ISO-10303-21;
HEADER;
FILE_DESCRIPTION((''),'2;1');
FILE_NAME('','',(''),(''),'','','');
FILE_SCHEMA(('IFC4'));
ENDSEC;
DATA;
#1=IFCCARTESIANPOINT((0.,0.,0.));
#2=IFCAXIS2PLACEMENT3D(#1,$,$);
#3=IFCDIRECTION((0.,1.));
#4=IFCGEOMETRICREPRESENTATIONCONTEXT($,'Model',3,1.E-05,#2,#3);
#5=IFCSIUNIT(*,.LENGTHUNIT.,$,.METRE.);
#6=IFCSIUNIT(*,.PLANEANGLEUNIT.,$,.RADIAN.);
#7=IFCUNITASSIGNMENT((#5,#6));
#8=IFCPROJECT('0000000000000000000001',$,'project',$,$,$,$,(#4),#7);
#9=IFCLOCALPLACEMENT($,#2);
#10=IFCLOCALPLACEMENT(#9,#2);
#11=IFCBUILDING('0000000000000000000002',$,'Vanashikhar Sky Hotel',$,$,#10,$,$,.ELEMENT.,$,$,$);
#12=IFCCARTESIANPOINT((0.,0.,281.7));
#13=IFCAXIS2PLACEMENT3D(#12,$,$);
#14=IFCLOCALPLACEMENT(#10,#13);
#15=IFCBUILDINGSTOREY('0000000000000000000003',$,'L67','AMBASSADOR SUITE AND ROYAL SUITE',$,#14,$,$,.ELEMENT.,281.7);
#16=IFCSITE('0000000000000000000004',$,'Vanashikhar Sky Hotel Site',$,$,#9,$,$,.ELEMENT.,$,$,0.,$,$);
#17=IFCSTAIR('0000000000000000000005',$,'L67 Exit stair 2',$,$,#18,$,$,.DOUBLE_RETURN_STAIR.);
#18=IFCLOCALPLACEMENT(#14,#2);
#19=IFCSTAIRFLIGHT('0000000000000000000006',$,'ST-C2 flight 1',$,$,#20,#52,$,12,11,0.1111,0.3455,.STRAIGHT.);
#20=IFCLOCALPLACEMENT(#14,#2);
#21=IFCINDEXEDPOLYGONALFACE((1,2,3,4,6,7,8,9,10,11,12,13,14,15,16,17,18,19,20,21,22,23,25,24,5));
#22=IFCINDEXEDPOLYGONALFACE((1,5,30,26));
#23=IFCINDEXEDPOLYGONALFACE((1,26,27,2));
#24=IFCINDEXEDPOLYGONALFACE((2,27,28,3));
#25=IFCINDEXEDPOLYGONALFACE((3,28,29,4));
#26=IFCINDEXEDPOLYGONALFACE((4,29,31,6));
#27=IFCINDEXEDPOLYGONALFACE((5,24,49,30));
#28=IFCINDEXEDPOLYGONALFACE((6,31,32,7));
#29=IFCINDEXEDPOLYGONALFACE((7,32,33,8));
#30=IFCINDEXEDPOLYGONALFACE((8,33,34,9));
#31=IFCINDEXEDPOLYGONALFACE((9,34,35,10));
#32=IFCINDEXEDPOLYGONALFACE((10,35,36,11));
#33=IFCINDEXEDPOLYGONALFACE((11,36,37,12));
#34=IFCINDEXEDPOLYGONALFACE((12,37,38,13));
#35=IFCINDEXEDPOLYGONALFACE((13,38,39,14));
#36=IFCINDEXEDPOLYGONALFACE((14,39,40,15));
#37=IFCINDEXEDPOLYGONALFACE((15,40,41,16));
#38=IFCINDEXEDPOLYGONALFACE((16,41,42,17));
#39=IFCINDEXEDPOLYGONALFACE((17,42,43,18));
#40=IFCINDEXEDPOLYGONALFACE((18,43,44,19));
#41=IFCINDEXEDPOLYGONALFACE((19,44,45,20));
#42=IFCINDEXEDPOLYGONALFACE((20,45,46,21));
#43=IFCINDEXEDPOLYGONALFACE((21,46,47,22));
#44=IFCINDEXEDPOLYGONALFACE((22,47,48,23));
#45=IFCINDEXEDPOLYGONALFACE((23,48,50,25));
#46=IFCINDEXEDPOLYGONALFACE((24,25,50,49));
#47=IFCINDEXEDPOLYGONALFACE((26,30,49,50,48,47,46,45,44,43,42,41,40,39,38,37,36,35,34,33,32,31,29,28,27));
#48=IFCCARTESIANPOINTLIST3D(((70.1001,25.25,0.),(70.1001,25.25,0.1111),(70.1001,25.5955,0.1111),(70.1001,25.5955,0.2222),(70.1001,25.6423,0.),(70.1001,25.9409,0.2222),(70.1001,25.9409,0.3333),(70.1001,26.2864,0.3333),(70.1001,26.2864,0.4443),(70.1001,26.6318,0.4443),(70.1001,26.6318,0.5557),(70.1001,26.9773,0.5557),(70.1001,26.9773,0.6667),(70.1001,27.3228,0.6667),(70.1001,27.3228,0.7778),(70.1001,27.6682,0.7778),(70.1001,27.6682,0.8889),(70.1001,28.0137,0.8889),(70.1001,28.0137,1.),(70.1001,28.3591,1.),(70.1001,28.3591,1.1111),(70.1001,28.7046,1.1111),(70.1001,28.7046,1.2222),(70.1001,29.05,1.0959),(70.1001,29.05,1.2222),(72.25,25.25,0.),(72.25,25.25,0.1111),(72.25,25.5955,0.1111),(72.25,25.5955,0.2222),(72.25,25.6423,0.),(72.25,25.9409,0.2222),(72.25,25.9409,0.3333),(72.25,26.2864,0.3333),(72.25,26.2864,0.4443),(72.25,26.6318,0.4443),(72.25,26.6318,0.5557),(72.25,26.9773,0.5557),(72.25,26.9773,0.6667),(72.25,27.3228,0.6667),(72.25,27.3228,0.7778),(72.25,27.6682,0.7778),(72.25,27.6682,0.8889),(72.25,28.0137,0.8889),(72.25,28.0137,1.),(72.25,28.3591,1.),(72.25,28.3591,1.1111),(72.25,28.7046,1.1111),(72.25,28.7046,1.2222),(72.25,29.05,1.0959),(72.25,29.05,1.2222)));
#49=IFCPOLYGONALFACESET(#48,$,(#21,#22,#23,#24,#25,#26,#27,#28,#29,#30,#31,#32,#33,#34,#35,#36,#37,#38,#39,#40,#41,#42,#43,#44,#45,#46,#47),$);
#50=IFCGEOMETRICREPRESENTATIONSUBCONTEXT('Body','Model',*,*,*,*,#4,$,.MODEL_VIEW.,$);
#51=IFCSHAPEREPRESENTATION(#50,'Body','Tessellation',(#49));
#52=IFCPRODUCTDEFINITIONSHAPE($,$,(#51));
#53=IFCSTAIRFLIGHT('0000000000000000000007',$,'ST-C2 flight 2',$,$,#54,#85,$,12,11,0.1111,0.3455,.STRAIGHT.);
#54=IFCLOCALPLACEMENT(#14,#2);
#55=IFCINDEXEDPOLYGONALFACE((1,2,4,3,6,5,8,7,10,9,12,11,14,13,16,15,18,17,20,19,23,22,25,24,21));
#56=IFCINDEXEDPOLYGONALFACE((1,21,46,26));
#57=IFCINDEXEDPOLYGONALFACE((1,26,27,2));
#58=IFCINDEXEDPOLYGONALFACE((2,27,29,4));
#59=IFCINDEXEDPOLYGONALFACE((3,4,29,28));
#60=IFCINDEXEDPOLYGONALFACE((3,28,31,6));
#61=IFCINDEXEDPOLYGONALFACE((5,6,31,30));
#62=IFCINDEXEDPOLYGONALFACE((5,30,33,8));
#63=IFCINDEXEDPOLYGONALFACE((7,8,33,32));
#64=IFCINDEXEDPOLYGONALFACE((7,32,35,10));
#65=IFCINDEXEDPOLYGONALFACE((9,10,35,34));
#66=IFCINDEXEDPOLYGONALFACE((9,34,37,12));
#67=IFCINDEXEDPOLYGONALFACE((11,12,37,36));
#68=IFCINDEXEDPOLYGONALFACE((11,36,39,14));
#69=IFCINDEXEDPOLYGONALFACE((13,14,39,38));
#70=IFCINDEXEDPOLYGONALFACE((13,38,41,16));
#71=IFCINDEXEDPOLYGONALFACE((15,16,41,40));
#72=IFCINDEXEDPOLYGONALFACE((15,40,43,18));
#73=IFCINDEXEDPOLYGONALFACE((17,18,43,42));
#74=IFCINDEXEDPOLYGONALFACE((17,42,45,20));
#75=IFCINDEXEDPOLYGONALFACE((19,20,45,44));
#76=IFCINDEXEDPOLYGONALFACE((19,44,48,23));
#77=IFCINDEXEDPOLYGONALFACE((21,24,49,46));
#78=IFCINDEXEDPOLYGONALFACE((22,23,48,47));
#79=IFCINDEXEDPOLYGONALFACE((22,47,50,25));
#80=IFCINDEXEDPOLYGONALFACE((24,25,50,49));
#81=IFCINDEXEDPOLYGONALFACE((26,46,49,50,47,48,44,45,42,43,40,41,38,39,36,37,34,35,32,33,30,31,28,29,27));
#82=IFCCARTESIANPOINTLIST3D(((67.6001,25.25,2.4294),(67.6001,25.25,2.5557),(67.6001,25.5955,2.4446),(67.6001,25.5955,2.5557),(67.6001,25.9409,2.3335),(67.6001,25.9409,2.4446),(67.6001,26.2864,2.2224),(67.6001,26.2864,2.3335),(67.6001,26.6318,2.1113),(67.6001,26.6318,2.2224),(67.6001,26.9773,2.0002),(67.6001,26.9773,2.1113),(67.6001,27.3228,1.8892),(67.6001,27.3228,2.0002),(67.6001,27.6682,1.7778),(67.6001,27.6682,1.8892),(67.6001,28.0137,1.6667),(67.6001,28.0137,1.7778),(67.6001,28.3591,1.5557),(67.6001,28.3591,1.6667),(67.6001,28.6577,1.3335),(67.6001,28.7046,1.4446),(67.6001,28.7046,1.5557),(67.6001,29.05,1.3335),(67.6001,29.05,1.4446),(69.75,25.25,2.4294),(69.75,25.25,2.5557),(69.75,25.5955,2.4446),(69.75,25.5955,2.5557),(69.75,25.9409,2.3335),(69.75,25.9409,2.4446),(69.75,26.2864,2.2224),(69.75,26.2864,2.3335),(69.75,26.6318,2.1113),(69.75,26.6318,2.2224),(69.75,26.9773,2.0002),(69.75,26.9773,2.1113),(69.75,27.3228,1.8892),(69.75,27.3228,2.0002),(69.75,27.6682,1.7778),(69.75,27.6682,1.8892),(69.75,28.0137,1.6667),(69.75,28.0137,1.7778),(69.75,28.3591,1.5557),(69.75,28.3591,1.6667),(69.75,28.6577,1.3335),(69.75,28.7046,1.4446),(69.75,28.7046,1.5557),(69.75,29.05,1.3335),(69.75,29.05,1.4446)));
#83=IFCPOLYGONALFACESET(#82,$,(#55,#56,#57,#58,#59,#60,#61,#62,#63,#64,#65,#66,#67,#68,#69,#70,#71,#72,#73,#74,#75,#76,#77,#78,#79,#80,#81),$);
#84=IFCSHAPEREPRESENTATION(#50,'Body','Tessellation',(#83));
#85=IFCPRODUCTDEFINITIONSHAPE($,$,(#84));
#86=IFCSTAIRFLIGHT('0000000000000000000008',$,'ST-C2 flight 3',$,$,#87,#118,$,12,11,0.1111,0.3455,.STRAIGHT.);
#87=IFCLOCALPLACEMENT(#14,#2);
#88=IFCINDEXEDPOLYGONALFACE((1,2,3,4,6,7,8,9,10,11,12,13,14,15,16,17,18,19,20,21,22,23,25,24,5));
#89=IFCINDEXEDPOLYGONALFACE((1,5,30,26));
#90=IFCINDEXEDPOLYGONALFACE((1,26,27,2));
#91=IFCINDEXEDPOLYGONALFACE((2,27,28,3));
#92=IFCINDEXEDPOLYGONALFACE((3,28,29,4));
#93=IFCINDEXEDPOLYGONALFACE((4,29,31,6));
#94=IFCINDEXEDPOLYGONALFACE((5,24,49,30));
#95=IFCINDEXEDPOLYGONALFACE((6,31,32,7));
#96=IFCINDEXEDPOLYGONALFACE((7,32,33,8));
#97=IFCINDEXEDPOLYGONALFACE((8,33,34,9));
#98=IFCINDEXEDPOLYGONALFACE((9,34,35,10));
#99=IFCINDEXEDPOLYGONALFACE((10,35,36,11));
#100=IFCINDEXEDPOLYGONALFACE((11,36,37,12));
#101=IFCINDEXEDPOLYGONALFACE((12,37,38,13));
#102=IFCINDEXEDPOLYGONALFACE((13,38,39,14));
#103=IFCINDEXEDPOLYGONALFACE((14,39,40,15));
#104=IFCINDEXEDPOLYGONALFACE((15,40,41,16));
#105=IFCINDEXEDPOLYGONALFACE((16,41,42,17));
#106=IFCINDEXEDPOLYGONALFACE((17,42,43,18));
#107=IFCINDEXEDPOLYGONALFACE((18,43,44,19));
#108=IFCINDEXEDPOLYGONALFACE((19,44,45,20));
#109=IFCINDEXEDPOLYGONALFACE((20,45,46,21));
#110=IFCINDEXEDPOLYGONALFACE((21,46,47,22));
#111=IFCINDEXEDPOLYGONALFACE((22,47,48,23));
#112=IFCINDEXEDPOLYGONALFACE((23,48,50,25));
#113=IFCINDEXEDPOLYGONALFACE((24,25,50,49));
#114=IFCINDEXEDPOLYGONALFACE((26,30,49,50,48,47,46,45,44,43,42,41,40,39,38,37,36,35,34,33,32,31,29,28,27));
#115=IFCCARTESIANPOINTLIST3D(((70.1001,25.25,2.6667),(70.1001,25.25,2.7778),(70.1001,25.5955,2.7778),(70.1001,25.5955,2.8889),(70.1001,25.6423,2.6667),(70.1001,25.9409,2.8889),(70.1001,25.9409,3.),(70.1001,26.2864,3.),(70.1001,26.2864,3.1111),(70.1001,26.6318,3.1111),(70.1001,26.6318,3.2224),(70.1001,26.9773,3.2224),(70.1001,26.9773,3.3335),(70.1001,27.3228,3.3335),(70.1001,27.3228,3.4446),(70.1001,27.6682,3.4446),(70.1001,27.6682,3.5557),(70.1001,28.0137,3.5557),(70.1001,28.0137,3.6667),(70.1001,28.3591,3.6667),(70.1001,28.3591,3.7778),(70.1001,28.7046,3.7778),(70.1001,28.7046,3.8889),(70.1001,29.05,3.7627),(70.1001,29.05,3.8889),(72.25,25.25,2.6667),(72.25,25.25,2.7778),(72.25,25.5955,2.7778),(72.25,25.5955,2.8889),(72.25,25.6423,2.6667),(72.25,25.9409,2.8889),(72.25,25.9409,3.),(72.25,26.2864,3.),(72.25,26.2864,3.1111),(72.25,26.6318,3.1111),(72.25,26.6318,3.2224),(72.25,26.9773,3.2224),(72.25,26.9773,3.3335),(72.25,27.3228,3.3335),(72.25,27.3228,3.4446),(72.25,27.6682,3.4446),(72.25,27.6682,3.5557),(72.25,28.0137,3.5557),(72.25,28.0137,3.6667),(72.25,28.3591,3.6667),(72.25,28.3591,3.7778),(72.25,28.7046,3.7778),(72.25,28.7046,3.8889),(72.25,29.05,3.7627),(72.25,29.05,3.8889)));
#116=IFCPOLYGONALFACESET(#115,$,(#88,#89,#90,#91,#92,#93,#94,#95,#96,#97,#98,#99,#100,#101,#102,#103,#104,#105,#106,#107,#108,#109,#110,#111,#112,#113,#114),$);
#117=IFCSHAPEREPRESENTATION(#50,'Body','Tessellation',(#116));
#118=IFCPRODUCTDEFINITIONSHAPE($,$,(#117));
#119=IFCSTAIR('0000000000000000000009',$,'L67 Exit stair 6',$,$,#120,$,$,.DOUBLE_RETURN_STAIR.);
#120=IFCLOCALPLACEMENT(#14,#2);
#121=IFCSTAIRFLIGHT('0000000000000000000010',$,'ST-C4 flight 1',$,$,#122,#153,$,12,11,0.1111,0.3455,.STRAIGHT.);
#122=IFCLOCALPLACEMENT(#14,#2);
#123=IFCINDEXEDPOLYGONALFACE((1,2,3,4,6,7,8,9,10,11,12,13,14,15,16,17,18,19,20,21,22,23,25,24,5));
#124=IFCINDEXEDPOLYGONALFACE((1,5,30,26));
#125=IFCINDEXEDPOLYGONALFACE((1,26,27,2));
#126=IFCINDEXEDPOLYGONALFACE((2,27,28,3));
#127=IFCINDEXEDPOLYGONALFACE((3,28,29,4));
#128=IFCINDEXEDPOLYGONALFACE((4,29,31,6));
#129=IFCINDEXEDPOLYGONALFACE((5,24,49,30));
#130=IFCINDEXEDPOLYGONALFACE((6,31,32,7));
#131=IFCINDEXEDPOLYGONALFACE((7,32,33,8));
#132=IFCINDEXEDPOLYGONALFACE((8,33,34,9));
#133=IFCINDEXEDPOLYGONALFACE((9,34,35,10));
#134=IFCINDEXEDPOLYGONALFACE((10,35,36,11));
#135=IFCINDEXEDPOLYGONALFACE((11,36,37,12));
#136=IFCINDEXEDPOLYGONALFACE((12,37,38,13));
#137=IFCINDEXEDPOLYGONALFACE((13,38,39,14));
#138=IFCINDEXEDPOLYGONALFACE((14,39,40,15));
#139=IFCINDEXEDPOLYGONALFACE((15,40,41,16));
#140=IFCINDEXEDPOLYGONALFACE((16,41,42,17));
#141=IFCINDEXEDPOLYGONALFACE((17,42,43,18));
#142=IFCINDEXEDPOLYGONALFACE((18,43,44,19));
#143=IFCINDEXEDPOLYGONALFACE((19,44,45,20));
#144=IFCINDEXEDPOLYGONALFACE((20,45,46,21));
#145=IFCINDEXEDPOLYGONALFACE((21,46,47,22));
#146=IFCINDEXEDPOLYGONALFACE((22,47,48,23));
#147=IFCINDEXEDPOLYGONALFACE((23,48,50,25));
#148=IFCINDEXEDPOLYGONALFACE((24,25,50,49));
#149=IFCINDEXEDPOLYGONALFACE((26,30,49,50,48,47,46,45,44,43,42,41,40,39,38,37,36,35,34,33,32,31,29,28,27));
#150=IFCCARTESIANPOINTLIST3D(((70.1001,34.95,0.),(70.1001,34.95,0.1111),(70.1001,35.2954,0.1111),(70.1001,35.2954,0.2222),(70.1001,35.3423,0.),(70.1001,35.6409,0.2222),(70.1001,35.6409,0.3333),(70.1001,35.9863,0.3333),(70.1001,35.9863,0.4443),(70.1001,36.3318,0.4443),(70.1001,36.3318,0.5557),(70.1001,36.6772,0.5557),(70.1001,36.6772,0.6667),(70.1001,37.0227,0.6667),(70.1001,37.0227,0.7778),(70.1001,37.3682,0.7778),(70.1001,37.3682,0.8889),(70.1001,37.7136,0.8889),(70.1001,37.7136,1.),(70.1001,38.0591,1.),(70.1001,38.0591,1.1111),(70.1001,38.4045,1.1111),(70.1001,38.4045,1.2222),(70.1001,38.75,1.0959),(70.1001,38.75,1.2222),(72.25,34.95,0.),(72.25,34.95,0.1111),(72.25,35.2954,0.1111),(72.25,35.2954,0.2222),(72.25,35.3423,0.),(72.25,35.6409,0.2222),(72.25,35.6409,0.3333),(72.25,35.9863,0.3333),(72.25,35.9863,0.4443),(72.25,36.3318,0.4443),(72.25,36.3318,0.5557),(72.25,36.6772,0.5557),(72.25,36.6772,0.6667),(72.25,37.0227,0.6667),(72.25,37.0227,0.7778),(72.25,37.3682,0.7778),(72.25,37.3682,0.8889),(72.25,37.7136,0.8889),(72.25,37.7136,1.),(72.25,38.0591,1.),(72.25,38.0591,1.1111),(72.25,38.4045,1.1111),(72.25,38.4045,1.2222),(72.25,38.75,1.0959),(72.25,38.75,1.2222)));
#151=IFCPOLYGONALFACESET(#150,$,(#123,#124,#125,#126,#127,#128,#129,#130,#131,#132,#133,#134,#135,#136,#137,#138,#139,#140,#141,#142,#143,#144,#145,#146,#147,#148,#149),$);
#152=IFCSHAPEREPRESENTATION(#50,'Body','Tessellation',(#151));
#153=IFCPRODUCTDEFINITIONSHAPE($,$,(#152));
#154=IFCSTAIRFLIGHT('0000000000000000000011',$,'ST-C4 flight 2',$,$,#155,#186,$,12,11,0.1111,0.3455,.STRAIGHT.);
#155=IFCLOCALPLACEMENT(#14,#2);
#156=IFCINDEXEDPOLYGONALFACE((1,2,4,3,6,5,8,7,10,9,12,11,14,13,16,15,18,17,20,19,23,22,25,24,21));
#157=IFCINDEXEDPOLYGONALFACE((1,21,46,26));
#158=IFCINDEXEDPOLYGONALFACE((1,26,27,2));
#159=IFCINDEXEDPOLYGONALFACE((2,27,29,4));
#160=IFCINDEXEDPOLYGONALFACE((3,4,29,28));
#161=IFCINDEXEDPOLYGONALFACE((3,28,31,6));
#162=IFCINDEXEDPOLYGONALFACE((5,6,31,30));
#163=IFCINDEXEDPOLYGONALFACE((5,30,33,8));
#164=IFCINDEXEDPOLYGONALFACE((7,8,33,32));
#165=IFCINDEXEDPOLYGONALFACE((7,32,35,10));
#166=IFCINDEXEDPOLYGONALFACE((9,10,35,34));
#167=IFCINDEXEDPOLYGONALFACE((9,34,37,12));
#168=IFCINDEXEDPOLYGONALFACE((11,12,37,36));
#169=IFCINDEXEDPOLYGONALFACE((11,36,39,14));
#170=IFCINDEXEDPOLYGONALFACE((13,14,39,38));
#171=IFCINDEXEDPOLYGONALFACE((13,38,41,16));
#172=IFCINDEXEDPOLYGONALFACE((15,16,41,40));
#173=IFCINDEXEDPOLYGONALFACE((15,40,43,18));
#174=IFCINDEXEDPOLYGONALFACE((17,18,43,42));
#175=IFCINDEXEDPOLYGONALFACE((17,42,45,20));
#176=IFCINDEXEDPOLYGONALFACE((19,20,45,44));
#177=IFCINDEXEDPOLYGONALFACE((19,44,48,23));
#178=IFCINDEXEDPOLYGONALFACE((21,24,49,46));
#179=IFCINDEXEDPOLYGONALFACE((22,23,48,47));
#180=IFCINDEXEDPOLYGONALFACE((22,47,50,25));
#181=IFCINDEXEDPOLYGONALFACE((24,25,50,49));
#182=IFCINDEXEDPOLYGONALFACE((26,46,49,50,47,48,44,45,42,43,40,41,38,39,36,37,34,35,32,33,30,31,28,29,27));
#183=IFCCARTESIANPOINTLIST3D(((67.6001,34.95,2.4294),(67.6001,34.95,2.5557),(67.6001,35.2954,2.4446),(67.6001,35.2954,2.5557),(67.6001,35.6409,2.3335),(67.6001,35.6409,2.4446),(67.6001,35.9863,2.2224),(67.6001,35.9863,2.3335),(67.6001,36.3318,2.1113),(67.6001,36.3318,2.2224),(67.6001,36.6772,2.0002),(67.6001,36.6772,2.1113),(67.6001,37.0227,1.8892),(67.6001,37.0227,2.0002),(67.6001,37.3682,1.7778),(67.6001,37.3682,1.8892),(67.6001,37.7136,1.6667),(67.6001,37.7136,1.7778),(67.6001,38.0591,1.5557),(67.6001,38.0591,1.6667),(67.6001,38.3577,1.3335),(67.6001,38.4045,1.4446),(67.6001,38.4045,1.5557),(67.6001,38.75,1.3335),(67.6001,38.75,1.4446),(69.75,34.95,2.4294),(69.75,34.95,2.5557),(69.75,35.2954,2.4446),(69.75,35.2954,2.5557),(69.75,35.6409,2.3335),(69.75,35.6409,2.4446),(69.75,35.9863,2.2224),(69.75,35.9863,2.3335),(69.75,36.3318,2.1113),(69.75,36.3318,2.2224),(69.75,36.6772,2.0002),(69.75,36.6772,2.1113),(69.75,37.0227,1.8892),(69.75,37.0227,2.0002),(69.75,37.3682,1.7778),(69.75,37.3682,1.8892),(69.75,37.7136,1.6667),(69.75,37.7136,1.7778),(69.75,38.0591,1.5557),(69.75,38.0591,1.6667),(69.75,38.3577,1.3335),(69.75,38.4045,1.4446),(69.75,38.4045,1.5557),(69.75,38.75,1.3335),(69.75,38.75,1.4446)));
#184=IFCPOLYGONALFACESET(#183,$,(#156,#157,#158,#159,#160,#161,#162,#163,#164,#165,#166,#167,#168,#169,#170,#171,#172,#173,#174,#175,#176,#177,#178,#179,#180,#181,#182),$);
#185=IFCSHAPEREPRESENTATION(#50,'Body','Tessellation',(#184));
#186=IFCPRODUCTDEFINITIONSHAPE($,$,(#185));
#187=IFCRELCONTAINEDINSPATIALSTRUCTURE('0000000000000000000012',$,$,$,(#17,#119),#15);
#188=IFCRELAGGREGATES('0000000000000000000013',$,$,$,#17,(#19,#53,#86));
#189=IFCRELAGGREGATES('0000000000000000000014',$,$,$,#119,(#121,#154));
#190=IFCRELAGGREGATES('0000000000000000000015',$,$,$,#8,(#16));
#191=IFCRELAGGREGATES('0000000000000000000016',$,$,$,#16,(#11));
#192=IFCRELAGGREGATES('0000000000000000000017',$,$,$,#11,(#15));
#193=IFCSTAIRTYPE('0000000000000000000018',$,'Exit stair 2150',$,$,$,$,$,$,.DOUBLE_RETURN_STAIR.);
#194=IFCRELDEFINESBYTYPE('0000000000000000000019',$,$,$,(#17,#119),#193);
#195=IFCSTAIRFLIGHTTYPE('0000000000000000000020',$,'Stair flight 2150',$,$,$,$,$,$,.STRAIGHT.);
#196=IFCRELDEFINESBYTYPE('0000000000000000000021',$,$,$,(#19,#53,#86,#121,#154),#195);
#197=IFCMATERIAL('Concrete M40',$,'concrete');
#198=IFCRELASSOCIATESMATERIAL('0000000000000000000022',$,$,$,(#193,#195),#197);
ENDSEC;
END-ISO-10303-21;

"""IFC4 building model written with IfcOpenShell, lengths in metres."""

from ifc_helpers import new_model, si_unit, direction, frame, origin, place, context, subcontext, project, spatial, polyline, outline, extrude, source, transform, mapped, material, type_object, element, aggregate, save


model = new_model("IFC4")

# Units and contexts
model_context = context("Model", 3, precision=1e-05, world=origin(), true_north=direction((0.0, 1.0)))
body_context = subcontext(model_context, "Body", "Model", "MODEL_VIEW")
ifc_project = project(units=[si_unit("LENGTHUNIT", "METRE"), si_unit("PLANEANGLEUNIT", "RADIAN")], contexts=[model_context])

# Site, building, storey
site_placement = place(None, origin())
site = spatial("IfcSite", under=ifc_project, at=site_placement, Name="Vanashikhar Sky Hotel Site", CompositionType="ELEMENT", RefElevation=0.0)
building_placement = place(site_placement, origin())
building = spatial("IfcBuilding", under=site, at=building_placement, Name="Vanashikhar Sky Hotel", CompositionType="ELEMENT")
storey_placement = place(building_placement, frame((0.0, 0.0, 281.7)))
storey = spatial("IfcBuildingStorey", under=building, at=storey_placement, Name="L67", Description="AMBASSADOR SUITE AND ROYAL SUITE", CompositionType="ELEMENT", Elevation=281.7)

# Stairs, stair flights
ifc_material_1 = material(Name="Concrete M40", Category="concrete")
stair_type = type_object("IfcStairType", Name="Exit stair 2150", PredefinedType="DOUBLE_RETURN_STAIR", material=ifc_material_1)
stair_1_placement = place(storey_placement, origin())
stair_1 = element("IfcStair", 1, at=stair_1_placement, inside=storey, type_object=stair_type, Name="L67 Exit stair 2", PredefinedType="DOUBLE_RETURN_STAIR")
stair_flight_type = type_object("IfcStairFlightType", Name="Stair flight 2150", PredefinedType="STRAIGHT", material=ifc_material_1)
shared_shape_1 = source(origin(), body_context, "Body", "SweptSolid", [
    extrude(outline(polyline([(0.0, 0.0), (0.0, 0.1111), (0.3455, 0.1111), (0.3455, 0.2222), (0.6909, 0.2222), (0.6909, 0.3333), (1.0364, 0.3333), (1.0364, 0.4443), (1.3818, 0.4443), (1.3818, 0.5557), (1.7273, 0.5557), (1.7273, 0.6667), (2.0728, 0.6667), (2.0728, 0.7778), (2.4182, 0.7778), (2.4182, 0.8889), (2.7637, 0.8889), (2.7637, 1.0), (3.1091, 1.0), (3.1091, 1.1111), (3.4546, 1.1111), (3.4546, 1.2222), (3.8, 1.2222), (3.8, 1.3333), (3.8, 1.0959), (0.3923, 0.0), (0.0, 0.0)])), frame((0.0, 1.075, 0.0), z_axis=(0.0, -1.0, 0.0), x_axis=(1.0, 0.0, 0.0)), (0.0, 0.0, 1.0), 2.1499),
])
stair_flight_1_placement = place(storey_placement, frame((71.175, 25.25, 0.0), z_axis=(0.0, 0.0, 1.0), x_axis=(0.0, 1.0, 0.0)))
stair_flight_1 = element("IfcStairFlight", 2, at=stair_flight_1_placement, type_object=stair_flight_type, Name="ST-C2 flight 1", NumberOfRisers=12, NumberOfTreads=11, PredefinedType="STRAIGHT", RiserHeight=0.1111, TreadLength=0.3455, context=body_context, shape_type="MappedRepresentation", body=[
    mapped(shared_shape_1, transform((0.0, 0.0, 0.0), scale=1.0)),
])
stair_flight_2_placement = place(storey_placement, frame((68.675, 29.05, 1.3335), z_axis=(0.0, 0.0, 1.0), x_axis=(0.0, -1.0, 0.0)))
stair_flight_2 = element("IfcStairFlight", 3, at=stair_flight_2_placement, type_object=stair_flight_type, Name="ST-C2 flight 2", NumberOfRisers=12, NumberOfTreads=11, PredefinedType="STRAIGHT", RiserHeight=0.1111, TreadLength=0.3455, context=body_context, shape_type="MappedRepresentation", body=[
    mapped(shared_shape_1, transform((0.0, 0.0, 0.0), scale=1.0)),
])
stair_flight_3_placement = place(storey_placement, frame((71.175, 25.25, 2.6667), z_axis=(0.0, 0.0, 1.0), x_axis=(0.0, 1.0, 0.0)))
stair_flight_3 = element("IfcStairFlight", 4, at=stair_flight_3_placement, type_object=stair_flight_type, Name="ST-C2 flight 3", NumberOfRisers=12, NumberOfTreads=11, PredefinedType="STRAIGHT", RiserHeight=0.1111, TreadLength=0.3455, context=body_context, shape_type="MappedRepresentation", body=[
    mapped(shared_shape_1, transform((0.0, 0.0, 0.0), scale=1.0)),
])
aggregate(stair_1, [stair_flight_1, stair_flight_2, stair_flight_3])
stair_2_placement = place(storey_placement, origin())
stair_2 = element("IfcStair", 5, at=stair_2_placement, inside=storey, type_object=stair_type, Name="L67 Exit stair 6", PredefinedType="DOUBLE_RETURN_STAIR")
stair_flight_4_placement = place(storey_placement, frame((71.175, 34.95, 0.0), z_axis=(0.0, 0.0, 1.0), x_axis=(0.0, 1.0, 0.0)))
stair_flight_4 = element("IfcStairFlight", 6, at=stair_flight_4_placement, type_object=stair_flight_type, Name="ST-C4 flight 1", NumberOfRisers=12, NumberOfTreads=11, PredefinedType="STRAIGHT", RiserHeight=0.1111, TreadLength=0.3455, context=body_context, shape_type="MappedRepresentation", body=[
    mapped(shared_shape_1, transform((0.0, 0.0, 0.0), scale=1.0)),
])
stair_flight_5_placement = place(storey_placement, frame((68.675, 38.75, 1.3335), z_axis=(0.0, 0.0, 1.0), x_axis=(0.0, -1.0, 0.0)))
stair_flight_5 = element("IfcStairFlight", 7, at=stair_flight_5_placement, type_object=stair_flight_type, Name="ST-C4 flight 2", NumberOfRisers=12, NumberOfTreads=11, PredefinedType="STRAIGHT", RiserHeight=0.1111, TreadLength=0.3455, context=body_context, shape_type="MappedRepresentation", body=[
    mapped(shared_shape_1, transform((0.0, 0.0, 0.0), scale=1.0)),
])
aggregate(stair_2, [stair_flight_4, stair_flight_5])

save(model, "model.ifc")
